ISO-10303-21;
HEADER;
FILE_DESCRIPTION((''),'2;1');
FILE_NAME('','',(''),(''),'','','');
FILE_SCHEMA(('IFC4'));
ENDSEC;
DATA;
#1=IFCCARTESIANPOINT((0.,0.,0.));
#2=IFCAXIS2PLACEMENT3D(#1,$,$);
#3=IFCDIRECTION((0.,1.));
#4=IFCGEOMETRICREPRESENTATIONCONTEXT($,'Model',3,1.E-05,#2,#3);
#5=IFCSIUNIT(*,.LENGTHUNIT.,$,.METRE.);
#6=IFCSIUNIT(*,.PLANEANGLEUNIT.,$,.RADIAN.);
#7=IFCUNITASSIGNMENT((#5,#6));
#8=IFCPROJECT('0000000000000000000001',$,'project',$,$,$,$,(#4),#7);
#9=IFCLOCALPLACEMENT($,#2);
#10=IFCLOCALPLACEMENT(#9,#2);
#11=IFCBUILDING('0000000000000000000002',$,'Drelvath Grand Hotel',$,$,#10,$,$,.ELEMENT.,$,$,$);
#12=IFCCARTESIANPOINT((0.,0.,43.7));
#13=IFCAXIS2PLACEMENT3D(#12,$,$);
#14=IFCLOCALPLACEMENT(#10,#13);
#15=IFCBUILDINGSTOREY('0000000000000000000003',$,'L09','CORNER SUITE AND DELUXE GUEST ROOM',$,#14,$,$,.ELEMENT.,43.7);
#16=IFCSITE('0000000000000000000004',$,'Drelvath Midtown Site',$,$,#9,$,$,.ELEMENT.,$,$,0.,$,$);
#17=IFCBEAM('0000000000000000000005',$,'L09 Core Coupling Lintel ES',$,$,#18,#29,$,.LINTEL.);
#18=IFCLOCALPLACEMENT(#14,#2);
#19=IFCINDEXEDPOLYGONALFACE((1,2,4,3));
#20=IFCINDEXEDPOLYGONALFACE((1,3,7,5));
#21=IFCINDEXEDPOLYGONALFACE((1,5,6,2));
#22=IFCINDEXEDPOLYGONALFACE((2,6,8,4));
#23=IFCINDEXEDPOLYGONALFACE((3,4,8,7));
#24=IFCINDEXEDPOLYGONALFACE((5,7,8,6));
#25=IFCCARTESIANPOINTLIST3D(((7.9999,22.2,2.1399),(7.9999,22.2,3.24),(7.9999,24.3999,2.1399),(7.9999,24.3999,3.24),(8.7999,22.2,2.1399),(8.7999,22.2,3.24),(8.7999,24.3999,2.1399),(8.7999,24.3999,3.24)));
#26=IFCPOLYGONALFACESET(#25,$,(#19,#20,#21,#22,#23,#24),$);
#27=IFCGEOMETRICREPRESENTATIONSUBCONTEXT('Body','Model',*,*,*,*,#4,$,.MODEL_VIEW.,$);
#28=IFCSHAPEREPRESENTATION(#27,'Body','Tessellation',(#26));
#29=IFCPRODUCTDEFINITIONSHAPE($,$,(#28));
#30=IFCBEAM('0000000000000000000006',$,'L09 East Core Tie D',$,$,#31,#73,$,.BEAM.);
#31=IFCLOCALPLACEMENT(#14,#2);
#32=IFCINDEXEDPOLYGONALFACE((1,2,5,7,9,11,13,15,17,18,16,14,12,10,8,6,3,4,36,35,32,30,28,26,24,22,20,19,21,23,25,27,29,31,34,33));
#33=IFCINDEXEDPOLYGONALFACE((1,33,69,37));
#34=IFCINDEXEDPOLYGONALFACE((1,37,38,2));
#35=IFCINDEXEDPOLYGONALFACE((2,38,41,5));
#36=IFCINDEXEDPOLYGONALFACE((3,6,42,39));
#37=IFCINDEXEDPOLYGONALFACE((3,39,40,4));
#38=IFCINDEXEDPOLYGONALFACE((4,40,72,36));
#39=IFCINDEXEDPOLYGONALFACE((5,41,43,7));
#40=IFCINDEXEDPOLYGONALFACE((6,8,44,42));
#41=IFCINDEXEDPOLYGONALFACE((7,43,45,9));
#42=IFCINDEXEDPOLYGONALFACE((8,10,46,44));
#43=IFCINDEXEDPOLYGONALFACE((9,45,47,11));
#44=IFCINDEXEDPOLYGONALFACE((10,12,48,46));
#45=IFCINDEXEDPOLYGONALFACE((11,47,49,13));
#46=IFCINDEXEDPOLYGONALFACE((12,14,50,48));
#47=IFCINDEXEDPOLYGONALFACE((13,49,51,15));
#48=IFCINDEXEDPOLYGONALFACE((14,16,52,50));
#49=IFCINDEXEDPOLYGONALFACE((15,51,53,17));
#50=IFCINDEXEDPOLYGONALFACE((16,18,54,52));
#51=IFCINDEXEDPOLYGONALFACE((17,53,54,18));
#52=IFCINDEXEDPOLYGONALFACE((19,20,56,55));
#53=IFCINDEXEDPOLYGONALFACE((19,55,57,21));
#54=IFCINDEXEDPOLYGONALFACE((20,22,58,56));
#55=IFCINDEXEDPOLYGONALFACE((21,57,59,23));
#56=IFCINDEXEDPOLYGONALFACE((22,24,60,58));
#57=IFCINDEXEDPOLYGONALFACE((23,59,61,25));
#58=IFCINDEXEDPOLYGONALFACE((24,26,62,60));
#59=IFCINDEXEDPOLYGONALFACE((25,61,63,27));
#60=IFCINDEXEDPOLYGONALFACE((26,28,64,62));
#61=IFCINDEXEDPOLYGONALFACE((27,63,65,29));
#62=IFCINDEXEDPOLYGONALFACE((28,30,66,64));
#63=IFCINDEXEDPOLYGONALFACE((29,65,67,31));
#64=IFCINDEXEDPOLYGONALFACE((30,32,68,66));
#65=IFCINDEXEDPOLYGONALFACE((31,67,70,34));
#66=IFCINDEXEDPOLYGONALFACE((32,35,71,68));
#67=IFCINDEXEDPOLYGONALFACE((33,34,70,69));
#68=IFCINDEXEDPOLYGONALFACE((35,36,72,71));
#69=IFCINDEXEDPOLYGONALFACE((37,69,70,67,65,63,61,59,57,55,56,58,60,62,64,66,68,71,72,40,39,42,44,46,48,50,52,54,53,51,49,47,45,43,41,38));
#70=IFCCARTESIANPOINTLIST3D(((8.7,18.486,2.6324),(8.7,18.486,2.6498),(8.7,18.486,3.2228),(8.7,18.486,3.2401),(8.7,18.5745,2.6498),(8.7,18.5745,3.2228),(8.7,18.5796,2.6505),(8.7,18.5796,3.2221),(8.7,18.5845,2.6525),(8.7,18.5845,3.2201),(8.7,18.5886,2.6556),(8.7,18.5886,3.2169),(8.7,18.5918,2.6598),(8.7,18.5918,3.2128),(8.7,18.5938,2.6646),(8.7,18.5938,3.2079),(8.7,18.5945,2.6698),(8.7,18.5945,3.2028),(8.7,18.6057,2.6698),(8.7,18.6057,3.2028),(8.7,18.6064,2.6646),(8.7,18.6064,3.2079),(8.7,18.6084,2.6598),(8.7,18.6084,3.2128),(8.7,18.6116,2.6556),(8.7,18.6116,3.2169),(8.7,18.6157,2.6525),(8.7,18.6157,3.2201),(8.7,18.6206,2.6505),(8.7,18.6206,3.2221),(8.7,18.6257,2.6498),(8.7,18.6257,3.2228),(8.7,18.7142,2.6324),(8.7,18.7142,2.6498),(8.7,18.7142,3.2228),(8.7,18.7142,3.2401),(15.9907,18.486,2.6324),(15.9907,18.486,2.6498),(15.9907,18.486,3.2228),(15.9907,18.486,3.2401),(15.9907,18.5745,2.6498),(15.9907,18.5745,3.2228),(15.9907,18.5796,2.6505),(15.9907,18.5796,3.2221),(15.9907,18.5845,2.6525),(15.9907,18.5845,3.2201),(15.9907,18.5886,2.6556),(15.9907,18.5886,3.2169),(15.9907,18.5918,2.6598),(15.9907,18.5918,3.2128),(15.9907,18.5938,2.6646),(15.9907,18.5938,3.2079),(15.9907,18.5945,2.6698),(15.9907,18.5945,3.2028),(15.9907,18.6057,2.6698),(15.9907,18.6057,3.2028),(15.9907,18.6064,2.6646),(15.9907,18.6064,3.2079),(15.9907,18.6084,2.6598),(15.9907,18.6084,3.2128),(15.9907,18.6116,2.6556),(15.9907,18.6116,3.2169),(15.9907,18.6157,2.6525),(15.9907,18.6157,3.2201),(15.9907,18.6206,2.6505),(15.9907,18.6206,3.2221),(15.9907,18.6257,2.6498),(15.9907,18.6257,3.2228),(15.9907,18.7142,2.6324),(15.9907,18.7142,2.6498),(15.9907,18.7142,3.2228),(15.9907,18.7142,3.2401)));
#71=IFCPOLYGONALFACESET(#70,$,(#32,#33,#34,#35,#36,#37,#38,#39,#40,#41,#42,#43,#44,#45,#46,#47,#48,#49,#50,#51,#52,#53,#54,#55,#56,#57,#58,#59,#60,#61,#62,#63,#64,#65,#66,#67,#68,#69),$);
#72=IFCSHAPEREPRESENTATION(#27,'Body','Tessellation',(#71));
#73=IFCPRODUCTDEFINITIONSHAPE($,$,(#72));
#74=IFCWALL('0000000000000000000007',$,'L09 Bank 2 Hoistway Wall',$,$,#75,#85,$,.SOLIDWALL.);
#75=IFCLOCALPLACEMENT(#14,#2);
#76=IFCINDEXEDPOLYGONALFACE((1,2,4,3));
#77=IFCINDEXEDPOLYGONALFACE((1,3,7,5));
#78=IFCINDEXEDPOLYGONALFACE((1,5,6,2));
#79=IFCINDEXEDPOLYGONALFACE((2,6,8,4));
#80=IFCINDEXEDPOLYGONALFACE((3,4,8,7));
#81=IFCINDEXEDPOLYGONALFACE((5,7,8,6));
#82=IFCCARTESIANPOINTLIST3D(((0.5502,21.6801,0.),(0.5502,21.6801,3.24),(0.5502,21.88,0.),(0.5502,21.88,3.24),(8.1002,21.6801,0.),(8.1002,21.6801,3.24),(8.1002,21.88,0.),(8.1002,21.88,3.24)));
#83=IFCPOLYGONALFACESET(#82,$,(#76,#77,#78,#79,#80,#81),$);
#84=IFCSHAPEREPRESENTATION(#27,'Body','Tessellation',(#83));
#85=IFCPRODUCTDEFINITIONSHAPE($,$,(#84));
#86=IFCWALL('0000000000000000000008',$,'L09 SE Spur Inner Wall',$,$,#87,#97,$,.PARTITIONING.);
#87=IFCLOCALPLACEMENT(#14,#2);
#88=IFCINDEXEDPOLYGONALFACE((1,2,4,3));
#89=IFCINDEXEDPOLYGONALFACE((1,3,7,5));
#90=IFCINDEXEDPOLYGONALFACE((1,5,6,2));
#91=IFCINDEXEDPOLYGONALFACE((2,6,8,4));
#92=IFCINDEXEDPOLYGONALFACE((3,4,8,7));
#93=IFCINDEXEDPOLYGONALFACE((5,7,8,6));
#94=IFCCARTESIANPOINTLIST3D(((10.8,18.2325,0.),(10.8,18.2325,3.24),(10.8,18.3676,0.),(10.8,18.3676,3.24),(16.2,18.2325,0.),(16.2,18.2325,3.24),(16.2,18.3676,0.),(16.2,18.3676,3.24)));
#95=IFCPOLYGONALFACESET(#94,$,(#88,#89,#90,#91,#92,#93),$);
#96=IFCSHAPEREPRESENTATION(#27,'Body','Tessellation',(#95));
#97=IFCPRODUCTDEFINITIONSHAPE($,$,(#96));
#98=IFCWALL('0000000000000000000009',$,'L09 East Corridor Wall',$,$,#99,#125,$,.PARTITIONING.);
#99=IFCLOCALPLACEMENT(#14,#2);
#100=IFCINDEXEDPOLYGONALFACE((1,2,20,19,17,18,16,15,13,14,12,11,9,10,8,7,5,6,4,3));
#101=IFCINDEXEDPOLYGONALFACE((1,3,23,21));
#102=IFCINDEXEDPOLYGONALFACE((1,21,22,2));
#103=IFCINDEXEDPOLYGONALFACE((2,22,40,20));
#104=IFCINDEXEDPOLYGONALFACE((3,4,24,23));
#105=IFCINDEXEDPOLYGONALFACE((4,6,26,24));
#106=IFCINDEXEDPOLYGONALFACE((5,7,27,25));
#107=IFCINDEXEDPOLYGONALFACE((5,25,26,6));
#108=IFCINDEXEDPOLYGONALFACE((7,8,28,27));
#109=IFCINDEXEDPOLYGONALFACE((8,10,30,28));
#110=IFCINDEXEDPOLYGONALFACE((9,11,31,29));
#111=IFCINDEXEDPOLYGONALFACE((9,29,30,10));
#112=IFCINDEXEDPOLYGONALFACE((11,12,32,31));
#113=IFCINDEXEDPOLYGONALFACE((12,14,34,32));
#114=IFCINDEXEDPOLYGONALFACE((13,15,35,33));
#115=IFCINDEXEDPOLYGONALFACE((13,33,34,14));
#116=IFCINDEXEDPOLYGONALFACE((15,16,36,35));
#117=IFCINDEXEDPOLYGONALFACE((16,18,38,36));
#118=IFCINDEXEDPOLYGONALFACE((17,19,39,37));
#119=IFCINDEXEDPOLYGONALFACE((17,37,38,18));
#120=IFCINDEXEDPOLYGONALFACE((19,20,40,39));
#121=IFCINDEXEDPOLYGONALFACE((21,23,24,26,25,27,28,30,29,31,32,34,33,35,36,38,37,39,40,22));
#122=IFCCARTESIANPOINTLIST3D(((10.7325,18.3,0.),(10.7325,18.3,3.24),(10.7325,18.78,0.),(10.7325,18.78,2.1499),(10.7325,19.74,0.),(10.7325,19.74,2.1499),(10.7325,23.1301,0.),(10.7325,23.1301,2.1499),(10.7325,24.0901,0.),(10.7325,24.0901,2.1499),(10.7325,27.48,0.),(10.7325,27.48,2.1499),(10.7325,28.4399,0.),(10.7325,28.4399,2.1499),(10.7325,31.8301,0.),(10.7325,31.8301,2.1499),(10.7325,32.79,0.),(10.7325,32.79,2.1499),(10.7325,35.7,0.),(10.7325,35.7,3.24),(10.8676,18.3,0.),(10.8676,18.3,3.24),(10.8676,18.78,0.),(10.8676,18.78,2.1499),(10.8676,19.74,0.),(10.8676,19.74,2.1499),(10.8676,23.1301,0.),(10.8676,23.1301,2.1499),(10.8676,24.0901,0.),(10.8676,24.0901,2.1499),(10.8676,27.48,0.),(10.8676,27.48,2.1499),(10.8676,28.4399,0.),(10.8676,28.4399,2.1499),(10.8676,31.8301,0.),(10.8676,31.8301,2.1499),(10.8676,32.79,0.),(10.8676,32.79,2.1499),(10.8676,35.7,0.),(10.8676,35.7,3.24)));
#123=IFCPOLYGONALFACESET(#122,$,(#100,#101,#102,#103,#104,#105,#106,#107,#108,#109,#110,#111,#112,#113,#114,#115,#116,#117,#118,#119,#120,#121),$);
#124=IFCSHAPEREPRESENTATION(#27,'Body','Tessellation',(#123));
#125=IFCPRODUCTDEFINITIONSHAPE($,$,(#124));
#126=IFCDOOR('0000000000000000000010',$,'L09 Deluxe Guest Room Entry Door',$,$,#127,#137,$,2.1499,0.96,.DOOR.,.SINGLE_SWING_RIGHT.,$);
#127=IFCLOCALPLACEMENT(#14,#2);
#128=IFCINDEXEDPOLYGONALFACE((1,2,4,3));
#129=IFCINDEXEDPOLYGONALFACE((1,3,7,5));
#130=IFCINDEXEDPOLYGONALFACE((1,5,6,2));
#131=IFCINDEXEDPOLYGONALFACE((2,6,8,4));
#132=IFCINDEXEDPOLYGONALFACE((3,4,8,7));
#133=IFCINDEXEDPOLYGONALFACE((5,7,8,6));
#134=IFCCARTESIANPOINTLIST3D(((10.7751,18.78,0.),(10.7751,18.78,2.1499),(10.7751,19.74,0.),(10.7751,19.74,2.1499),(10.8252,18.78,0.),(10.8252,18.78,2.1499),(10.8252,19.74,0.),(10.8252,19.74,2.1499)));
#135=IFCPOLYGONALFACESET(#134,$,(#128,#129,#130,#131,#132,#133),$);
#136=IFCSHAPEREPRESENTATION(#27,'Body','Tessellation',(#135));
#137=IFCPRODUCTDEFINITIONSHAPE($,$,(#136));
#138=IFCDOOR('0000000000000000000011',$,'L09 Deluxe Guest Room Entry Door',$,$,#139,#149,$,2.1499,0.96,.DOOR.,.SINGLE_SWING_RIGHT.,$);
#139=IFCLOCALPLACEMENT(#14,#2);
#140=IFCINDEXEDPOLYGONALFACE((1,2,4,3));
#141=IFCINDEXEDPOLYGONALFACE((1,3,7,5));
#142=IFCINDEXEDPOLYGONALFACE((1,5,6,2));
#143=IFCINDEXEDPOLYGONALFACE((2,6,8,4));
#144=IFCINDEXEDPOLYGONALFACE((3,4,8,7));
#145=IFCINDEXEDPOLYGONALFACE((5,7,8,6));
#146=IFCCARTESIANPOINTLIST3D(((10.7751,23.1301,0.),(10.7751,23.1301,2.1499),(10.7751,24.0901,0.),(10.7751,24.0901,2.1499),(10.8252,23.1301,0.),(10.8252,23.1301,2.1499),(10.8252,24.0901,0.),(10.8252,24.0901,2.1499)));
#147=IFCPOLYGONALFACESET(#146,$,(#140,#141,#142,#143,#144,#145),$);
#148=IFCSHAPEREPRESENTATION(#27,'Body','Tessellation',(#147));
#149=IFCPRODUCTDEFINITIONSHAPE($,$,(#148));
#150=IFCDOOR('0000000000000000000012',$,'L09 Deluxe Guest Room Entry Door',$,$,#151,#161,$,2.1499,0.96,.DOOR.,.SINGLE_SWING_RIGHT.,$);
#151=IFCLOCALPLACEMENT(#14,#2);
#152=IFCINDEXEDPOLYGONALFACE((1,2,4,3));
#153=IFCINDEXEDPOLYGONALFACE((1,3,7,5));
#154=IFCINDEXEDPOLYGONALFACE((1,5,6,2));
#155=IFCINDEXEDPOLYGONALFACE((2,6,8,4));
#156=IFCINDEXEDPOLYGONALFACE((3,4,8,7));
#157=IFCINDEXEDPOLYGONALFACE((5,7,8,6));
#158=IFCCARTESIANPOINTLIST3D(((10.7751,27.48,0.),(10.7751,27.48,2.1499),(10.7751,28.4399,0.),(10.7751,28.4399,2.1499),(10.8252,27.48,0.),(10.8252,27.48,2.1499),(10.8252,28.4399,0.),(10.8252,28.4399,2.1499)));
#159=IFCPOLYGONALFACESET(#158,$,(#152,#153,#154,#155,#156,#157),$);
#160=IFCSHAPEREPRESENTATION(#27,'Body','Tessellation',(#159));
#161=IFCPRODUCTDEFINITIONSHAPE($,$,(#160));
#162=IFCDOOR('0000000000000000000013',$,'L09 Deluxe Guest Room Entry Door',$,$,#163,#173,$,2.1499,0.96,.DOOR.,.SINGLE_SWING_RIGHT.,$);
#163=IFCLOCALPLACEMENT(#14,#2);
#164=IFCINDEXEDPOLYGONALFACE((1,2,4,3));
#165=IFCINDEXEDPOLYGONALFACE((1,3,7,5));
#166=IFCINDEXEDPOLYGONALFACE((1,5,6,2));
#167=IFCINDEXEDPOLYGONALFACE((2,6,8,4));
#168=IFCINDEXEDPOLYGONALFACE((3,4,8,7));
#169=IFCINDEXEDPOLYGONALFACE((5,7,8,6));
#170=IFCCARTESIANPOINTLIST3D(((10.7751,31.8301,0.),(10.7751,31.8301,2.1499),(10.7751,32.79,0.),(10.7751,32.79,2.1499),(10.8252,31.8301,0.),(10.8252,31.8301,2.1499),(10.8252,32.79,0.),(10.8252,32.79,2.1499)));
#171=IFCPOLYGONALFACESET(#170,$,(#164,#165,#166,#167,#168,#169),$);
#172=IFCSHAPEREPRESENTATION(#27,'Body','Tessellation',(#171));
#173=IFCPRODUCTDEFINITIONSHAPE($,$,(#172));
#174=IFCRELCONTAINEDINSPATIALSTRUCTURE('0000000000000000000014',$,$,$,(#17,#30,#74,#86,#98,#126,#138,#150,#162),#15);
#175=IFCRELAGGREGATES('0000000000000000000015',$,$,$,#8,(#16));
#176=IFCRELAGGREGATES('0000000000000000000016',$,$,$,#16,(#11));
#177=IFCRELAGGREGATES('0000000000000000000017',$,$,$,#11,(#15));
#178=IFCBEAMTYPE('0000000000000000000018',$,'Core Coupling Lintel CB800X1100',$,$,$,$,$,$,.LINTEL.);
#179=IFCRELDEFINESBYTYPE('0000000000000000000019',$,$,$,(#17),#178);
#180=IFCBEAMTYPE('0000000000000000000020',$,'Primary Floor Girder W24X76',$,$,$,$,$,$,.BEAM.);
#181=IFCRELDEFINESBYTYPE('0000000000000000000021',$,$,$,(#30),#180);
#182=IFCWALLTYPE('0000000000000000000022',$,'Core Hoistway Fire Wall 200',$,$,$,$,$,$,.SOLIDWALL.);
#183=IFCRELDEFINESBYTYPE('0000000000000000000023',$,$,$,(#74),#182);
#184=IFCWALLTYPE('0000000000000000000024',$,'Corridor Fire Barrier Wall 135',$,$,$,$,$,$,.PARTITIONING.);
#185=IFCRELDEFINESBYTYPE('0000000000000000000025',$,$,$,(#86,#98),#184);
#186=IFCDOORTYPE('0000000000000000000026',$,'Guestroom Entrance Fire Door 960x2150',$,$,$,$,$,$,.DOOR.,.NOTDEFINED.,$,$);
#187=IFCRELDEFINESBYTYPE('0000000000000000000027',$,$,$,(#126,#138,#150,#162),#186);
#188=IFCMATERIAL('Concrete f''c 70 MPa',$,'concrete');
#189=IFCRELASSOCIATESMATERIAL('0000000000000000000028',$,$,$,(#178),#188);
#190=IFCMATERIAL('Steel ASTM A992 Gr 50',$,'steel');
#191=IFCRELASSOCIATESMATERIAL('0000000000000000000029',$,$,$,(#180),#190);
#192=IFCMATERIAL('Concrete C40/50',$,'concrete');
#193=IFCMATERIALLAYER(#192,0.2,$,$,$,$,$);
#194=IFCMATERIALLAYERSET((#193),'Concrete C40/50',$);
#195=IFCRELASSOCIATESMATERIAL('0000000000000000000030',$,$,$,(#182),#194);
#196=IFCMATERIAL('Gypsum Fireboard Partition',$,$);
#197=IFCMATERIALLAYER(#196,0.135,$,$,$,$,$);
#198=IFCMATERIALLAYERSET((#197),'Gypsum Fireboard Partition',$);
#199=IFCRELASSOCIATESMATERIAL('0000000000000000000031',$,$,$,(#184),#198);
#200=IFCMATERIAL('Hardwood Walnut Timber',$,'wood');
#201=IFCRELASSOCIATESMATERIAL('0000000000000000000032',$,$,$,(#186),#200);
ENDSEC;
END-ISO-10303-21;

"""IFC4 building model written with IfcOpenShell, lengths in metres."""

from ifc_helpers import new_model, si_unit, direction, frame, frame_2d, origin, origin_2d, place, context, subcontext, project, spatial, rectangle, i_section, extrude, material, layer, layer_set, material_profile, profile_set, type_object, element, fill, save


model = new_model("IFC4")

# Units and contexts
model_context = context("Model", 3, precision=1e-05, world=origin(), true_north=direction((0.0, 1.0)))
body_context = subcontext(model_context, "Body", "Model", "MODEL_VIEW")
ifc_project = project(units=[si_unit("LENGTHUNIT", "METRE"), si_unit("PLANEANGLEUNIT", "RADIAN")], contexts=[model_context])

# Site, building, storey
site_placement = place(None, origin())
site = spatial("IfcSite", under=ifc_project, at=site_placement, Name="Drelvath Midtown Site", CompositionType="ELEMENT", RefElevation=0.0)
building_placement = place(site_placement, origin())
building = spatial("IfcBuilding", under=site, at=building_placement, Name="Drelvath Grand Hotel", CompositionType="ELEMENT")
storey_placement = place(building_placement, frame((0.0, 0.0, 43.7)))
storey = spatial("IfcBuildingStorey", under=building, at=storey_placement, Name="L09", Description="CORNER SUITE AND DELUXE GUEST ROOM", CompositionType="ELEMENT", Elevation=43.7)

# Beams
ifc_material_1 = material(Name="Concrete f'c 70 MPa", Category="concrete")
ifc_material_profile_1 = material_profile(ifc_material_1, rectangle(XDim=0.8, YDim=1.1001, at=origin_2d()), Name="CB800X1100")
ifc_profile_set_1 = profile_set([ifc_material_profile_1], Name="Concrete f'c 70 MPa")
beam_type_1 = type_object("IfcBeamType", Name="Core Coupling Lintel CB800X1100", PredefinedType="LINTEL", material=ifc_profile_set_1)
beam_1_placement = place(storey_placement, frame((8.3999, 22.2, 2.6899), z_axis=(0.0, 1.0, 0.0), x_axis=(-1.0, 0.0, 0.0)))
element("IfcBeam", 1, at=beam_1_placement, inside=storey, type_object=beam_type_1, Name="L09 Core Coupling Lintel ES", PredefinedType="LINTEL", context=body_context, shape_type="SweptSolid", body=[
    extrude(rectangle(XDim=0.8, YDim=1.1001, at=origin_2d()), origin(), (0.0, 0.0, 1.0), 2.2),
])
ifc_material_2 = material(Name="Steel ASTM A992 Gr 50", Category="steel")
ifc_material_profile_2 = material_profile(ifc_material_2, i_section(OverallWidth=0.2283, OverallDepth=0.6077, WebThickness=0.0112, FlangeThickness=0.0173, FilletRadius=0.02, at=origin_2d()), Name="W24X76")
ifc_profile_set_2 = profile_set([ifc_material_profile_2], Name="Steel ASTM A992 Gr 50")
beam_type_2 = type_object("IfcBeamType", Name="Primary Floor Girder W24X76", PredefinedType="BEAM", material=ifc_profile_set_2)
beam_2_placement = place(storey_placement, frame((8.7, 18.6001, 2.9363), z_axis=(1.0, 0.0, 0.0), x_axis=(0.0, 1.0, 0.0)))
element("IfcBeam", 2, at=beam_2_placement, inside=storey, type_object=beam_type_2, Name="L09 East Core Tie D", PredefinedType="BEAM", context=body_context, shape_type="SweptSolid", body=[
    extrude(i_section(OverallWidth=0.2283, OverallDepth=0.6077, WebThickness=0.0112, FlangeThickness=0.0173, FilletRadius=0.02, at=origin_2d()), origin(), (0.0, 0.0, 1.0), 7.2908),
])

# Walls
ifc_material_3 = material(Name="Concrete C40/50", Category="concrete")
ifc_layer_1 = layer(ifc_material_3, 0.2)
ifc_layer_set_1 = layer_set([ifc_layer_1], Name="Concrete C40/50")
wall_type_1 = type_object("IfcWallType", Name="Core Hoistway Fire Wall 200", PredefinedType="SOLIDWALL", material=ifc_layer_set_1)
wall_1_placement = place(storey_placement, frame((8.1001, 21.78, 0.0), z_axis=(0.0, 0.0, 1.0), x_axis=(-1.0, 0.0, 0.0)))
element("IfcWall", 3, at=wall_1_placement, inside=storey, type_object=wall_type_1, Name="L09 Bank 2 Hoistway Wall", PredefinedType="SOLIDWALL", context=body_context, shape_type="SweptSolid", body=[
    extrude(rectangle(XDim=7.55, YDim=0.2, at=frame_2d((3.7749, 0.0))), origin(), (0.0, 0.0, 1.0), 3.24),
])
ifc_material_4 = material(Name="Gypsum Fireboard Partition")
ifc_layer_2 = layer(ifc_material_4, 0.135)
ifc_layer_set_2 = layer_set([ifc_layer_2], Name="Gypsum Fireboard Partition")
wall_type_2 = type_object("IfcWallType", Name="Corridor Fire Barrier Wall 135", PredefinedType="PARTITIONING", material=ifc_layer_set_2)
wall_2_placement = place(storey_placement, frame((10.8, 18.3, 0.0), z_axis=(0.0, 0.0, 1.0), x_axis=(1.0, 0.0, 0.0)))
element("IfcWall", 4, at=wall_2_placement, inside=storey, type_object=wall_type_2, Name="L09 SE Spur Inner Wall", PredefinedType="PARTITIONING", context=body_context, shape_type="SweptSolid", body=[
    extrude(rectangle(XDim=5.3999, YDim=0.135, at=frame_2d((2.7, 0.0))), origin(), (0.0, 0.0, 1.0), 3.24),
])

# Wall, openings, doors
wall_3_placement = place(storey_placement, frame((10.8, 18.3, 0.0), z_axis=(0.0, 0.0, 1.0), x_axis=(0.0, 1.0, 0.0)))
wall_3 = element("IfcWall", 5, at=wall_3_placement, inside=storey, type_object=wall_type_2, Name="L09 East Corridor Wall", PredefinedType="PARTITIONING", context=body_context, shape_type="SweptSolid", body=[
    extrude(rectangle(XDim=17.3999, YDim=0.135, at=frame_2d((8.7, 0.0))), origin(), (0.0, 0.0, 1.0), 3.24),
])
opening_1_placement = place(wall_3_placement, frame((0.48, 0.0, 0.0)))
opening_1 = element("IfcOpeningElement", 6, at=opening_1_placement, cuts=wall_3, PredefinedType="OPENING", context=body_context, shape_type="SweptSolid", body=[
    extrude(rectangle(XDim=0.96, YDim=2.1499, at=frame_2d((0.48, 1.075))), frame((0.0, 0.0774, 0.0), z_axis=(0.0, -1.0, 0.0), x_axis=(1.0, 0.0, 0.0)), (0.0, 0.0, 1.0), 0.155),
])
opening_2_placement = place(wall_3_placement, frame((4.8301, 0.0, 0.0)))
opening_2 = element("IfcOpeningElement", 7, at=opening_2_placement, cuts=wall_3, PredefinedType="OPENING", context=body_context, shape_type="SweptSolid", body=[
    extrude(rectangle(XDim=0.96, YDim=2.1499, at=frame_2d((0.48, 1.075))), frame((0.0, 0.0774, 0.0), z_axis=(0.0, -1.0, 0.0), x_axis=(1.0, 0.0, 0.0)), (0.0, 0.0, 1.0), 0.155),
])
opening_3_placement = place(wall_3_placement, frame((9.1799, 0.0, 0.0)))
opening_3 = element("IfcOpeningElement", 8, at=opening_3_placement, cuts=wall_3, PredefinedType="OPENING", context=body_context, shape_type="SweptSolid", body=[
    extrude(rectangle(XDim=0.96, YDim=2.1499, at=frame_2d((0.48, 1.075))), frame((0.0, 0.0774, 0.0), z_axis=(0.0, -1.0, 0.0), x_axis=(1.0, 0.0, 0.0)), (0.0, 0.0, 1.0), 0.155),
])
opening_4_placement = place(wall_3_placement, frame((13.53, 0.0, 0.0)))
opening_4 = element("IfcOpeningElement", 9, at=opening_4_placement, cuts=wall_3, PredefinedType="OPENING", context=body_context, shape_type="SweptSolid", body=[
    extrude(rectangle(XDim=0.96, YDim=2.1499, at=frame_2d((0.48, 1.075))), frame((0.0, 0.0774, 0.0), z_axis=(0.0, -1.0, 0.0), x_axis=(1.0, 0.0, 0.0)), (0.0, 0.0, 1.0), 0.155),
])
ifc_material_5 = material(Name="Hardwood Walnut Timber", Category="wood")
door_type_1 = type_object("IfcDoorType", Name="Guestroom Entrance Fire Door 960x2150", OperationType="NOTDEFINED", PredefinedType="DOOR", material=ifc_material_5)
door_1_placement = place(opening_1_placement, origin())
door_1 = element("IfcDoor", 10, at=door_1_placement, inside=storey, type_object=door_type_1, Name="L09 Deluxe Guest Room Entry Door", OperationType="SINGLE_SWING_RIGHT", OverallHeight=2.1499, OverallWidth=0.96, PredefinedType="DOOR", context=body_context, shape_type="SweptSolid", body=[
    extrude(rectangle(XDim=0.96, YDim=2.1499, at=frame_2d((0.48, 1.075))), frame((0.0, 0.0249, 0.0), z_axis=(0.0, -1.0, 0.0), x_axis=(1.0, 0.0, 0.0)), (0.0, 0.0, 1.0), 0.05),
])
fill(opening_1, door_1)
door_2_placement = place(opening_2_placement, origin())
door_2 = element("IfcDoor", 11, at=door_2_placement, inside=storey, type_object=door_type_1, Name="L09 Deluxe Guest Room Entry Door", OperationType="SINGLE_SWING_RIGHT", OverallHeight=2.1499, OverallWidth=0.96, PredefinedType="DOOR", context=body_context, shape_type="SweptSolid", body=[
    extrude(rectangle(XDim=0.96, YDim=2.1499, at=frame_2d((0.48, 1.075))), frame((0.0, 0.0249, 0.0), z_axis=(0.0, -1.0, 0.0), x_axis=(1.0, 0.0, 0.0)), (0.0, 0.0, 1.0), 0.05),
])
fill(opening_2, door_2)
door_3_placement = place(opening_3_placement, origin())
door_3 = element("IfcDoor", 12, at=door_3_placement, inside=storey, type_object=door_type_1, Name="L09 Deluxe Guest Room Entry Door", OperationType="SINGLE_SWING_RIGHT", OverallHeight=2.1499, OverallWidth=0.96, PredefinedType="DOOR", context=body_context, shape_type="SweptSolid", body=[
    extrude(rectangle(XDim=0.96, YDim=2.1499, at=frame_2d((0.48, 1.075))), frame((0.0, 0.0249, 0.0), z_axis=(0.0, -1.0, 0.0), x_axis=(1.0, 0.0, 0.0)), (0.0, 0.0, 1.0), 0.05),
])
fill(opening_3, door_3)
door_4_placement = place(opening_4_placement, origin())
door_4 = element("IfcDoor", 13, at=door_4_placement, inside=storey, type_object=door_type_1, Name="L09 Deluxe Guest Room Entry Door", OperationType="SINGLE_SWING_RIGHT", OverallHeight=2.1499, OverallWidth=0.96, PredefinedType="DOOR", context=body_context, shape_type="SweptSolid", body=[
    extrude(rectangle(XDim=0.96, YDim=2.1499, at=frame_2d((0.48, 1.075))), frame((0.0, 0.0249, 0.0), z_axis=(0.0, -1.0, 0.0), x_axis=(1.0, 0.0, 0.0)), (0.0, 0.0, 1.0), 0.05),
])
fill(opening_4, door_4)

save(model, "model.ifc")
